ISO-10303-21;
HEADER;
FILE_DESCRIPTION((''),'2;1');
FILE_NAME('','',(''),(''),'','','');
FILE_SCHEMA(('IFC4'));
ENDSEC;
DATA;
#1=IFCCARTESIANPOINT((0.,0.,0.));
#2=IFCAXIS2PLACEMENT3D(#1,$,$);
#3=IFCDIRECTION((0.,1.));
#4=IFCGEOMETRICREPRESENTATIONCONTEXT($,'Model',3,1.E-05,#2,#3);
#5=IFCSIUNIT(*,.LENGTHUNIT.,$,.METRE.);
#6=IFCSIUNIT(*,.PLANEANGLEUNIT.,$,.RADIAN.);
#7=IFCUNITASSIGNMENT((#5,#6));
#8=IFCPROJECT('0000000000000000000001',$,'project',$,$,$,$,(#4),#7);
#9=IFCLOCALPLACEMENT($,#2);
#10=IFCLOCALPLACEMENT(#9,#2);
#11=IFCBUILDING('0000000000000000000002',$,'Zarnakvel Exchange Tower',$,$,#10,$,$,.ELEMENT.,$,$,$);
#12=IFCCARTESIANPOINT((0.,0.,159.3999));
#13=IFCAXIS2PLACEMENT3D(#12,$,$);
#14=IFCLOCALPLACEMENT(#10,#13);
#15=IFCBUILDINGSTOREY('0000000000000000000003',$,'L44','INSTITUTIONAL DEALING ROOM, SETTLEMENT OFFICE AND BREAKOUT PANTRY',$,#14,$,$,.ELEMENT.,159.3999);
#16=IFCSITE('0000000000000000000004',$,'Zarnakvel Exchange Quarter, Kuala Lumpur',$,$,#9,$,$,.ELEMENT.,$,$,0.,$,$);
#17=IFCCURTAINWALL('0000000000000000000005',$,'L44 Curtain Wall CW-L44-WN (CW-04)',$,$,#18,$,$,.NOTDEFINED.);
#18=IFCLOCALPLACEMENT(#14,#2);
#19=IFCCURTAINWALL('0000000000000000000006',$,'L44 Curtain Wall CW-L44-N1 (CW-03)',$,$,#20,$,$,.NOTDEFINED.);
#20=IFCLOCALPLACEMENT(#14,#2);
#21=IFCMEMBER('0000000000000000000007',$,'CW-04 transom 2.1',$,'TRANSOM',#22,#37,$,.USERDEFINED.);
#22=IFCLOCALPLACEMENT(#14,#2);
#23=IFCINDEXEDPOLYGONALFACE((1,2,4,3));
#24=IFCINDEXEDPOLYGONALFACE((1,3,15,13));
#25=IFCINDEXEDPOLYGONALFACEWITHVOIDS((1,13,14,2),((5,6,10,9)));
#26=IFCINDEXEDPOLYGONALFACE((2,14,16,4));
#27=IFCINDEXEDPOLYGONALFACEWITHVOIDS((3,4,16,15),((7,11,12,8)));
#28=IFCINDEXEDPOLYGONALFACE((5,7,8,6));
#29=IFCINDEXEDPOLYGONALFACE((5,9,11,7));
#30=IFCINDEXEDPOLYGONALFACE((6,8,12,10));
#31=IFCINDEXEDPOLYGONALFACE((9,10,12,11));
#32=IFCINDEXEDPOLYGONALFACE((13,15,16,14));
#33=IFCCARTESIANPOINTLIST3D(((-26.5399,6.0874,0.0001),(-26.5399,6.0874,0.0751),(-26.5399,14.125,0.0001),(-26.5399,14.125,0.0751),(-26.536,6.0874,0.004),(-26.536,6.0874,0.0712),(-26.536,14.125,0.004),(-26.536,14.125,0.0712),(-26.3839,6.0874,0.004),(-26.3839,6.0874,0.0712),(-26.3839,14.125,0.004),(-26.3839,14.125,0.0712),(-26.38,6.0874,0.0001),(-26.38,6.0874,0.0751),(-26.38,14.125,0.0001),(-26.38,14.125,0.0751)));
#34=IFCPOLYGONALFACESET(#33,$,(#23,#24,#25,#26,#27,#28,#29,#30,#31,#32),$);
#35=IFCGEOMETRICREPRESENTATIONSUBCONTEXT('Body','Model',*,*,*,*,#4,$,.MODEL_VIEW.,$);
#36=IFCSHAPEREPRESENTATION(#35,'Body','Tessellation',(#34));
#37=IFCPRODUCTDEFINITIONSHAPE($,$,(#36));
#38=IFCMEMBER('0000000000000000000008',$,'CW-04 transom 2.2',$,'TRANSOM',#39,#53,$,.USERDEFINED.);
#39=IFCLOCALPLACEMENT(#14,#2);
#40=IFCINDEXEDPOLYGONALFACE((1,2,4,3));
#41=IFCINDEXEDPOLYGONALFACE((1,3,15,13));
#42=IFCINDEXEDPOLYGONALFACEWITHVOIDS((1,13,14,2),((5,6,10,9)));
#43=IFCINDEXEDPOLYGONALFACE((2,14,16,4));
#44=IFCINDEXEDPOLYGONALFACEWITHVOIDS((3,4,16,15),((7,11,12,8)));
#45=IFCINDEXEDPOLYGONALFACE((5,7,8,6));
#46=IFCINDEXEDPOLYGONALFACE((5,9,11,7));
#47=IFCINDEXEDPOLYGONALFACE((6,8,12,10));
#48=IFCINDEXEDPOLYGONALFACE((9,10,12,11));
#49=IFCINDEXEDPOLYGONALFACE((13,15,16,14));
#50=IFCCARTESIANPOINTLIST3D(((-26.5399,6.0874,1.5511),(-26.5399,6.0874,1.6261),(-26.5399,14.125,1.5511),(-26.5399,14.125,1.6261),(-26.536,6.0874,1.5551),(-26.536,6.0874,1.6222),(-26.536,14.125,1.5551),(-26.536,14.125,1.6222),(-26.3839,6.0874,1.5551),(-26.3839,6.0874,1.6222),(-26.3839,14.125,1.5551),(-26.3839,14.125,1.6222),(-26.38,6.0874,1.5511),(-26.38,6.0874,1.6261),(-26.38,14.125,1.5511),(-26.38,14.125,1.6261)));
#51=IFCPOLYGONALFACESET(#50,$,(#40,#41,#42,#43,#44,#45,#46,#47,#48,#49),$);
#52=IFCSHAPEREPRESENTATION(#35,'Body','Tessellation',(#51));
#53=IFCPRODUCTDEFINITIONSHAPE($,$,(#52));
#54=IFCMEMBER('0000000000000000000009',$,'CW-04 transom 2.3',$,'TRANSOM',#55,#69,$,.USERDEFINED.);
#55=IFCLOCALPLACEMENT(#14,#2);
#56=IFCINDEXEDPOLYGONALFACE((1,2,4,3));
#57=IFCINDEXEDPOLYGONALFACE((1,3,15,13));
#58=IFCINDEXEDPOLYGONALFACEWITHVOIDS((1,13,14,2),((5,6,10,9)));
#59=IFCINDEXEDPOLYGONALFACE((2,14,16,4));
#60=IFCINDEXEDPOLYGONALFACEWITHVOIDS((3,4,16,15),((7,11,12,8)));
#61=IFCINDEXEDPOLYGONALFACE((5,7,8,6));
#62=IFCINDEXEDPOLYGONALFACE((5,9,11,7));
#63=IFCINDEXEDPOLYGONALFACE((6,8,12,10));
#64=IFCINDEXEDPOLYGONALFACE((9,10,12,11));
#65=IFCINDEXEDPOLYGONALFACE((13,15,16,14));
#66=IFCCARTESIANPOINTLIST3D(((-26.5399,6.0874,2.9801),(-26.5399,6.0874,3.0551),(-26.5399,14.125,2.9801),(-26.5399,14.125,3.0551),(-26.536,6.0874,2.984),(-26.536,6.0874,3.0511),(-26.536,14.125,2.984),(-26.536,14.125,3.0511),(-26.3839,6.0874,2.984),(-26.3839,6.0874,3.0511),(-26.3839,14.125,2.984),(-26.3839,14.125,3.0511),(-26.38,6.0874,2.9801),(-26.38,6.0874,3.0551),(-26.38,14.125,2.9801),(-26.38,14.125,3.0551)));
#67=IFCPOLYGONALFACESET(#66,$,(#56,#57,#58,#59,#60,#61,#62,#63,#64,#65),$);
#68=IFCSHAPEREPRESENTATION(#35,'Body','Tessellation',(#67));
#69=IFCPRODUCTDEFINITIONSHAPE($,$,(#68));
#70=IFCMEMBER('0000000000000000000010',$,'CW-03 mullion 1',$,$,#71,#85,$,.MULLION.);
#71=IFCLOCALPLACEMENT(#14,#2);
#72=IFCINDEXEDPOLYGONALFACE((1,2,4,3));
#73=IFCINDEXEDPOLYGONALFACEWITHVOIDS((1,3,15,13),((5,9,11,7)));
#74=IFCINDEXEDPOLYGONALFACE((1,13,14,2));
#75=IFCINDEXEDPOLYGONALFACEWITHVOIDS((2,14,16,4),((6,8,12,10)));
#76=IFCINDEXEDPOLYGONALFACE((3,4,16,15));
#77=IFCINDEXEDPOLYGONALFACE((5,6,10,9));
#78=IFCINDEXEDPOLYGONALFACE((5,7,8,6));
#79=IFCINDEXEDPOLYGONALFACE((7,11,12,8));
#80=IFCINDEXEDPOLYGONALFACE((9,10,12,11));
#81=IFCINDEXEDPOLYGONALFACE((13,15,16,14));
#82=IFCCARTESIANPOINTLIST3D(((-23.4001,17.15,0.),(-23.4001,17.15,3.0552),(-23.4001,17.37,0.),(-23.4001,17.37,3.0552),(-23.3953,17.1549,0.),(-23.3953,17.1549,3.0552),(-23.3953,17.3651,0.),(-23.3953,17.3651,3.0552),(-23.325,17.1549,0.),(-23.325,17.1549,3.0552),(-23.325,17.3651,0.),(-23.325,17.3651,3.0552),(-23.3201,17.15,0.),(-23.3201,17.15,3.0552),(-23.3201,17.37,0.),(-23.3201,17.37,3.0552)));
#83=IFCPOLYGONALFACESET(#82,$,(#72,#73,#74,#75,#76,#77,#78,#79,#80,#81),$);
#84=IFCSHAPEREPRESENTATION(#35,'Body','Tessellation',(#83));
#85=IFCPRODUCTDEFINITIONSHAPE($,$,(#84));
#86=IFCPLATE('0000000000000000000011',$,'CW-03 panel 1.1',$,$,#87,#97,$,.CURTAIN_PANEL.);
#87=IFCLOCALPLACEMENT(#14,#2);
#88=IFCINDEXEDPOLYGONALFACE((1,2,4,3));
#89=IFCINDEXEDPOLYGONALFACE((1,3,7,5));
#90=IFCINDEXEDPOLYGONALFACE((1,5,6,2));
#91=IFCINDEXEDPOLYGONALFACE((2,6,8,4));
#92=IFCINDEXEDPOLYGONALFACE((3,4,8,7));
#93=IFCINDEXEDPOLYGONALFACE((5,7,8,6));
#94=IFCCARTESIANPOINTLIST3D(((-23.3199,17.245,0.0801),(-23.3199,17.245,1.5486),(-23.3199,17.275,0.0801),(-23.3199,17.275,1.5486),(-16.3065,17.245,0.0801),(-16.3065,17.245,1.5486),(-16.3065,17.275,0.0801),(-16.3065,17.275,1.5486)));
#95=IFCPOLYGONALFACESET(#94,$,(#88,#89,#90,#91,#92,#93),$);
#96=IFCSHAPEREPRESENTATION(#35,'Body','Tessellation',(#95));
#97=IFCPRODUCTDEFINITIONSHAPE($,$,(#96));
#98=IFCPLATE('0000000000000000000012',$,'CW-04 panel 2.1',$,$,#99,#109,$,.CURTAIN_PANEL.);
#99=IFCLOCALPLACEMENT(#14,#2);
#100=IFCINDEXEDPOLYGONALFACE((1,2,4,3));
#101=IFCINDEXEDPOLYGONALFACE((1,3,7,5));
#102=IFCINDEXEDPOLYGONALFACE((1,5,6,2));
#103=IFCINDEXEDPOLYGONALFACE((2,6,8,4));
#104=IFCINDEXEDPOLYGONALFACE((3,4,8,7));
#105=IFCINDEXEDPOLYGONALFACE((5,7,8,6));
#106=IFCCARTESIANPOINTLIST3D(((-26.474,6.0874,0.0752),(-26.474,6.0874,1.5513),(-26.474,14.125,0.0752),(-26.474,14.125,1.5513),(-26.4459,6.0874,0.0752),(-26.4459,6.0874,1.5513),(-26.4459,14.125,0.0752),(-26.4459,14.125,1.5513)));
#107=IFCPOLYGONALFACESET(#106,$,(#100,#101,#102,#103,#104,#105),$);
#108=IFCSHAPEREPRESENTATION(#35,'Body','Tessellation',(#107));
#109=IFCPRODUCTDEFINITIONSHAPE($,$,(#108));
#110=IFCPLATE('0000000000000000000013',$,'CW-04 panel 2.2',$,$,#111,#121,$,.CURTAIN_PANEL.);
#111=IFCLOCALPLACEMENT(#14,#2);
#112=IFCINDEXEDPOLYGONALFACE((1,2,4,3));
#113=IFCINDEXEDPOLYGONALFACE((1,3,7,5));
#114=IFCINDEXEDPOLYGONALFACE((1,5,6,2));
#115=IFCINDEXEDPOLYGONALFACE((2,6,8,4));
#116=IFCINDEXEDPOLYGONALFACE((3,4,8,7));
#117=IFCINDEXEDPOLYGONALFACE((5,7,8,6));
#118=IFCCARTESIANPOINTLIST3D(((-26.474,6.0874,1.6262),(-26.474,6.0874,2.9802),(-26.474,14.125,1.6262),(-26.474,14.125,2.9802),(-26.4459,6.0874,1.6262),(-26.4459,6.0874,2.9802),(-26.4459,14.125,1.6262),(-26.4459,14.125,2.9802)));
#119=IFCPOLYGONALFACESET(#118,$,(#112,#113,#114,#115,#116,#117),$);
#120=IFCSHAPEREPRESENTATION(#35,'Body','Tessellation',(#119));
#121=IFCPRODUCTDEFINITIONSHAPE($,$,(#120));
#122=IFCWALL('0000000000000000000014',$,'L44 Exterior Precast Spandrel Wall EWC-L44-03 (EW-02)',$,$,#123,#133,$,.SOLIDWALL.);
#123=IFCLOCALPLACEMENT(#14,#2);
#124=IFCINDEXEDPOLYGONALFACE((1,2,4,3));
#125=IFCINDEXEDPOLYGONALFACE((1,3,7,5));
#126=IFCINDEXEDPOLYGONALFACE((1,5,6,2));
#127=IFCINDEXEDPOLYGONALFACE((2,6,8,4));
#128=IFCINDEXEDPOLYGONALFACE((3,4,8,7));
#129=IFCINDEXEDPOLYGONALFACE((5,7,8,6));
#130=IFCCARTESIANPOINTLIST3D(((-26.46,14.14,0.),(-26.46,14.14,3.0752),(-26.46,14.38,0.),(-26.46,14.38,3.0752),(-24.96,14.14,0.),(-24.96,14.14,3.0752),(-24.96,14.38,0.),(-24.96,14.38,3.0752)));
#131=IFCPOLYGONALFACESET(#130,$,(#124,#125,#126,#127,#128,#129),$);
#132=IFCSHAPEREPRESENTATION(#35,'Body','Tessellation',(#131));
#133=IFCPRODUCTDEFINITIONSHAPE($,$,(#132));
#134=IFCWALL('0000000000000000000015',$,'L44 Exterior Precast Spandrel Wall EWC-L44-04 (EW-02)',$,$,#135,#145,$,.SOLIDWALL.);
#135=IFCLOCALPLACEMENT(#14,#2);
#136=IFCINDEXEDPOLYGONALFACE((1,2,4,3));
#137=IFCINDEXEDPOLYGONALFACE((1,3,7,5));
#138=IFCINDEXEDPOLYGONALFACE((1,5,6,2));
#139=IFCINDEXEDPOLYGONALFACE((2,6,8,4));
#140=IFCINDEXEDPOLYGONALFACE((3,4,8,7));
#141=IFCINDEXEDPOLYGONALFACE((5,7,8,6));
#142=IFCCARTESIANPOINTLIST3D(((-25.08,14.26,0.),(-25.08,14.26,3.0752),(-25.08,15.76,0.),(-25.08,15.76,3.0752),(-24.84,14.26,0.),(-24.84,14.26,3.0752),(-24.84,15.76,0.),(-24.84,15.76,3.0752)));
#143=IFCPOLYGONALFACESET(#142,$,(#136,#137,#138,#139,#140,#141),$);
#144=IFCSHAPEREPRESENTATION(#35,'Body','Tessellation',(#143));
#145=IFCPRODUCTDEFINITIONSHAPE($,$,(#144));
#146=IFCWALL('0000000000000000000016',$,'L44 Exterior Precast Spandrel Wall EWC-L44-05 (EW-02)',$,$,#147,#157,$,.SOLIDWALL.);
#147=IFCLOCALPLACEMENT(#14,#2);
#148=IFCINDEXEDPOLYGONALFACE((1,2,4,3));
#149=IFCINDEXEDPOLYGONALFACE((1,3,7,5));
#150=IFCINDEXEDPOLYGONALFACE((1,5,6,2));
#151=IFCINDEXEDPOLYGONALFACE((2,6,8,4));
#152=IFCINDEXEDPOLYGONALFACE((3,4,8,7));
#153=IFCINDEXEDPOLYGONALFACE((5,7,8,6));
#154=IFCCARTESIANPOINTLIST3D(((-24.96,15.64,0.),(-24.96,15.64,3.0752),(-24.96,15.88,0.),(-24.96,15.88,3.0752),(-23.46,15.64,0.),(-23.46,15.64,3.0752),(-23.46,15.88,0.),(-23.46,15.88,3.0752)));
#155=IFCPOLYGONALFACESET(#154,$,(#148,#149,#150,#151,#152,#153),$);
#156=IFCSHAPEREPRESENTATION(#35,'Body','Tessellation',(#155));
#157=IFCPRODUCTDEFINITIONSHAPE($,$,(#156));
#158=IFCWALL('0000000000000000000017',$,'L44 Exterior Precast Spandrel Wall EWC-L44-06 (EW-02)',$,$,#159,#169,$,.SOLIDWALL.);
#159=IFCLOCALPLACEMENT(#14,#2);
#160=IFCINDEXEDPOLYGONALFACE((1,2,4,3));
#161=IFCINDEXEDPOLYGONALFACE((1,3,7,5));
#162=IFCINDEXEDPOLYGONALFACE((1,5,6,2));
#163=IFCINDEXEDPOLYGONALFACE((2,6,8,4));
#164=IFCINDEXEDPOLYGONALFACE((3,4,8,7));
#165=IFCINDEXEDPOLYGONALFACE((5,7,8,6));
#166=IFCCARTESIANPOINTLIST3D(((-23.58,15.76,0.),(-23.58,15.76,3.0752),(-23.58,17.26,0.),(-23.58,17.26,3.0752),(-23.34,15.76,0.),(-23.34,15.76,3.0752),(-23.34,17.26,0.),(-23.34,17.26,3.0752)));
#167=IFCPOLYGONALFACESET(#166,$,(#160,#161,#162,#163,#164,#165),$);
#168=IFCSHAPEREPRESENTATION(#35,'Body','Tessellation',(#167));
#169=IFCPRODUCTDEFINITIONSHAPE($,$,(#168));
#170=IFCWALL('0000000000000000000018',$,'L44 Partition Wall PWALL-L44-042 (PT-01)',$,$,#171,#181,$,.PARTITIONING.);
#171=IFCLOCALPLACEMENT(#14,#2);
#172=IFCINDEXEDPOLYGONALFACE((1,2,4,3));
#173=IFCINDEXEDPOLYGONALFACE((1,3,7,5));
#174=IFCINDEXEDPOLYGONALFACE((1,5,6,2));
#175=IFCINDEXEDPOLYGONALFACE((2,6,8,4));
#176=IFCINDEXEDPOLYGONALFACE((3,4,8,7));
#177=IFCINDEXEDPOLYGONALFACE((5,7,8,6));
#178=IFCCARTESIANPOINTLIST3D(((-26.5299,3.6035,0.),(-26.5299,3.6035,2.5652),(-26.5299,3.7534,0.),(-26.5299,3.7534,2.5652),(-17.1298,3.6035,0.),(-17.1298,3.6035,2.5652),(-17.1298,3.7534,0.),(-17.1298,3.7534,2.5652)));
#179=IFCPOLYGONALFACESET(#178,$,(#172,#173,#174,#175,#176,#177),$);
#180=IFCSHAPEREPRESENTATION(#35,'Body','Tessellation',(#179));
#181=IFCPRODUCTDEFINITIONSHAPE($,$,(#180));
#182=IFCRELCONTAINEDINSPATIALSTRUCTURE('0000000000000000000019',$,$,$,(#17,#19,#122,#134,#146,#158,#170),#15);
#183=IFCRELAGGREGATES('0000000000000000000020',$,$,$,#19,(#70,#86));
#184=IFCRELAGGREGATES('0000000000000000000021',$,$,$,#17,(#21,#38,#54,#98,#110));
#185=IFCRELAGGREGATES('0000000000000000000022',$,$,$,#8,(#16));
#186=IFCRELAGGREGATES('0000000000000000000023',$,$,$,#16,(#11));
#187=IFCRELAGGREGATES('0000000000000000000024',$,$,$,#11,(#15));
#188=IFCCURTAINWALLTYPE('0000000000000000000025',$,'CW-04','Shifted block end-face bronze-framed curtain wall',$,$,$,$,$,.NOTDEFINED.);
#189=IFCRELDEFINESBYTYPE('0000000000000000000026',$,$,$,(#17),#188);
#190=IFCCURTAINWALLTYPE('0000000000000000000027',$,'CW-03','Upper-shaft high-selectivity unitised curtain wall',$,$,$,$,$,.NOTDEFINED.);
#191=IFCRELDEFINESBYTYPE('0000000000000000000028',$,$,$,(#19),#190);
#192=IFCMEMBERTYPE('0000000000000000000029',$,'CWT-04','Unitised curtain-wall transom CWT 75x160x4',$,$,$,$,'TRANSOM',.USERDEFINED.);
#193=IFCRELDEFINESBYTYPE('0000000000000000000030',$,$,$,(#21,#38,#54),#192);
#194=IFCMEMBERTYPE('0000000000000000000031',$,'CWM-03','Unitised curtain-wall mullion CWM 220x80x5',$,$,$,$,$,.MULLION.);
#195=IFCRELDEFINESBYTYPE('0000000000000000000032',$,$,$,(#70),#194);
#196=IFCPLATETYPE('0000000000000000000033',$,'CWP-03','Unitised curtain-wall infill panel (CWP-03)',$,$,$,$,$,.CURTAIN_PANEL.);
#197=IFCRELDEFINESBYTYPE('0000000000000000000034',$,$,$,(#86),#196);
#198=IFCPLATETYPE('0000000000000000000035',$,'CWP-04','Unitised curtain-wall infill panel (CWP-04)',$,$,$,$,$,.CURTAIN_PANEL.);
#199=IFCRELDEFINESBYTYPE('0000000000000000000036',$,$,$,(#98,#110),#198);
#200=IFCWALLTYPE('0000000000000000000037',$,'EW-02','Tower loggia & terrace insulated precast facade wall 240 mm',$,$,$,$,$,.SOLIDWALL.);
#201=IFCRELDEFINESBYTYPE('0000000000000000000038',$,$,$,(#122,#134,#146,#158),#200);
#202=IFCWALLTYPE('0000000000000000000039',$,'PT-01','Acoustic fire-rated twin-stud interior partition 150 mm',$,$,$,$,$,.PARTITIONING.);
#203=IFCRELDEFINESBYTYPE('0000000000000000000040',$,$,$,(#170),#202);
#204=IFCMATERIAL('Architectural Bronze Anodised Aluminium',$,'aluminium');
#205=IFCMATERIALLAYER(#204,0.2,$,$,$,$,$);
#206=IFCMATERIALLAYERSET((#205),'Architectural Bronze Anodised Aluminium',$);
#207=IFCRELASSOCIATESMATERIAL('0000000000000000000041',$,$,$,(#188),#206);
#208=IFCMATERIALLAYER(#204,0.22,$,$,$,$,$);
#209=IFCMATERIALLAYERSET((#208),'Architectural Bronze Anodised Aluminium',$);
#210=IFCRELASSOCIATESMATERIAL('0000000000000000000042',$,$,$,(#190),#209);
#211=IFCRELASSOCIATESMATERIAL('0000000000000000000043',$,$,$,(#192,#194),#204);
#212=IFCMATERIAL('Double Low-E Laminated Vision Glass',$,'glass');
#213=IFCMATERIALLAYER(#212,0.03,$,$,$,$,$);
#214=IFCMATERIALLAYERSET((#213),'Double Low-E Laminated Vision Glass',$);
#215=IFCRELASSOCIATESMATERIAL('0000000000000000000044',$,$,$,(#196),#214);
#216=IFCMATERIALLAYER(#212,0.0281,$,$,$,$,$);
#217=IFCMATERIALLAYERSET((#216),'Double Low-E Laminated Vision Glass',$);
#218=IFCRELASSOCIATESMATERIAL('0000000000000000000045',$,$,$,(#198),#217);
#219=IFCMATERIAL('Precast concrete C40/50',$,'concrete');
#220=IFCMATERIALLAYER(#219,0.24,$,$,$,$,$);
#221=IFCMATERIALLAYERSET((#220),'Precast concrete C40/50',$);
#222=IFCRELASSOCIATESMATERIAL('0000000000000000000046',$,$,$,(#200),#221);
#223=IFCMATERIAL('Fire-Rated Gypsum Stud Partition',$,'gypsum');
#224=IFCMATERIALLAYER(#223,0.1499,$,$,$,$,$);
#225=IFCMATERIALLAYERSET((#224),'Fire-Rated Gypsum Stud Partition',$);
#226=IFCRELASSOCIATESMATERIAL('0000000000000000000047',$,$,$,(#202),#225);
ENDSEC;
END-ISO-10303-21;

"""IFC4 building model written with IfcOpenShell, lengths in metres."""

from ifc_helpers import new_model, si_unit, direction, frame, frame_2d, origin, origin_2d, place, context, subcontext, project, spatial, rectangle, hollow_rectangle, extrude, source, transform, mapped, material, layer, layer_set, material_profile, profile_set, type_object, element, aggregate, save


model = new_model("IFC4")

# Units and contexts
model_context = context("Model", 3, precision=1e-05, world=origin(), true_north=direction((0.0, 1.0)))
body_context = subcontext(model_context, "Body", "Model", "MODEL_VIEW")
ifc_project = project(units=[si_unit("LENGTHUNIT", "METRE"), si_unit("PLANEANGLEUNIT", "RADIAN")], contexts=[model_context])

# Site, building, storey
site_placement = place(None, origin())
site = spatial("IfcSite", under=ifc_project, at=site_placement, Name="Zarnakvel Exchange Quarter, Kuala Lumpur", CompositionType="ELEMENT", RefElevation=0.0)
building_placement = place(site_placement, origin())
building = spatial("IfcBuilding", under=site, at=building_placement, Name="Zarnakvel Exchange Tower", CompositionType="ELEMENT")
storey_placement = place(building_placement, frame((0.0, 0.0, 159.3999)))
storey = spatial("IfcBuildingStorey", under=building, at=storey_placement, Name="L44", Description="INSTITUTIONAL DEALING ROOM, SETTLEMENT OFFICE AND BREAKOUT PANTRY", CompositionType="ELEMENT", Elevation=159.3999)

# Curtain walls
ifc_material_1 = material(Name="Architectural Bronze Anodised Aluminium", Category="aluminium")
ifc_layer_1 = layer(ifc_material_1, 0.2)
ifc_layer_set_1 = layer_set([ifc_layer_1], Name="Architectural Bronze Anodised Aluminium")
curtain_wall_type_1 = type_object("IfcCurtainWallType", Name="CW-04", Description="Shifted block end-face bronze-framed curtain wall", PredefinedType="NOTDEFINED", material=ifc_layer_set_1)
curtain_wall_1_placement = place(storey_placement, origin())
curtain_wall_1 = element("IfcCurtainWall", 1, at=curtain_wall_1_placement, inside=storey, type_object=curtain_wall_type_1, Name="L44 Curtain Wall CW-L44-WN (CW-04)", PredefinedType="NOTDEFINED")
ifc_layer_2 = layer(ifc_material_1, 0.22)
ifc_layer_set_2 = layer_set([ifc_layer_2], Name="Architectural Bronze Anodised Aluminium")
curtain_wall_type_2 = type_object("IfcCurtainWallType", Name="CW-03", Description="Upper-shaft high-selectivity unitised curtain wall", PredefinedType="NOTDEFINED", material=ifc_layer_set_2)
curtain_wall_2_placement = place(storey_placement, origin())
curtain_wall_2 = element("IfcCurtainWall", 2, at=curtain_wall_2_placement, inside=storey, type_object=curtain_wall_type_2, Name="L44 Curtain Wall CW-L44-N1 (CW-03)", PredefinedType="NOTDEFINED")

# Members
ifc_material_profile_1 = material_profile(ifc_material_1, hollow_rectangle(XDim=0.1599, YDim=0.075, WallThickness=0.0039, at=origin_2d()))
ifc_profile_set_1 = profile_set([ifc_material_profile_1], Name="Architectural Bronze Anodised Aluminium")
member_type_1 = type_object("IfcMemberType", Name="CWT-04", Description="Unitised curtain-wall transom CWT 75x160x4", ElementType="TRANSOM", PredefinedType="USERDEFINED", material=ifc_profile_set_1)
shared_shape_1 = source(origin(), body_context, "Body", "SweptSolid", [
    extrude(hollow_rectangle(XDim=0.1599, YDim=0.075, WallThickness=0.0039, at=origin_2d()), origin(), (0.0, 0.0, 1.0), 8.0376),
])
member_1_placement = place(storey_placement, frame((-26.46, 6.0874, 0.0376), z_axis=(0.0, 1.0, 0.0), x_axis=(-1.0, 0.0, 0.0)))
member_1 = element("IfcMember", 3, at=member_1_placement, type_object=member_type_1, Name="CW-04 transom 2.1", ObjectType="TRANSOM", PredefinedType="USERDEFINED", context=body_context, shape_type="MappedRepresentation", body=[
    mapped(shared_shape_1, transform((0.0, 0.0, 0.0), x_axis=(1.0, 0.0, 0.0), y_axis=(0.0, 1.0, 0.0), z_axis=(0.0, 0.0, 1.0), scale=1.0)),
])
member_2_placement = place(storey_placement, frame((-26.46, 6.0874, 1.5886), z_axis=(0.0, 1.0, 0.0), x_axis=(-1.0, 0.0, 0.0)))
member_2 = element("IfcMember", 4, at=member_2_placement, type_object=member_type_1, Name="CW-04 transom 2.2", ObjectType="TRANSOM", PredefinedType="USERDEFINED", context=body_context, shape_type="MappedRepresentation", body=[
    mapped(shared_shape_1, transform((0.0, 0.0, 0.0), x_axis=(1.0, 0.0, 0.0), y_axis=(0.0, 1.0, 0.0), z_axis=(0.0, 0.0, 1.0), scale=1.0)),
])
member_3_placement = place(storey_placement, frame((-26.46, 6.0874, 3.0176), z_axis=(0.0, 1.0, 0.0), x_axis=(-1.0, 0.0, 0.0)))
member_3 = element("IfcMember", 5, at=member_3_placement, type_object=member_type_1, Name="CW-04 transom 2.3", ObjectType="TRANSOM", PredefinedType="USERDEFINED", context=body_context, shape_type="MappedRepresentation", body=[
    mapped(shared_shape_1, transform((0.0, 0.0, 0.0), x_axis=(1.0, 0.0, 0.0), y_axis=(0.0, 1.0, 0.0), z_axis=(0.0, 0.0, 1.0), scale=1.0)),
])
ifc_material_profile_2 = material_profile(ifc_material_1, hollow_rectangle(XDim=0.22, YDim=0.0801, WallThickness=0.0049, at=origin_2d()))
ifc_profile_set_2 = profile_set([ifc_material_profile_2], Name="Architectural Bronze Anodised Aluminium")
member_type_2 = type_object("IfcMemberType", Name="CWM-03", Description="Unitised curtain-wall mullion CWM 220x80x5", PredefinedType="MULLION", material=ifc_profile_set_2)
shared_shape_2 = source(origin(), body_context, "Body", "SweptSolid", [
    extrude(hollow_rectangle(XDim=0.22, YDim=0.0801, WallThickness=0.0049, at=origin_2d()), origin(), (0.0, 0.0, 1.0), 3.0552),
])
member_4_placement = place(storey_placement, frame((-23.3601, 17.26, 0.0), z_axis=(0.0, 0.0, 1.0), x_axis=(0.0, 1.0, 0.0)))
member_4 = element("IfcMember", 6, at=member_4_placement, type_object=member_type_2, Name="CW-03 mullion 1", PredefinedType="MULLION", context=body_context, shape_type="MappedRepresentation", body=[
    mapped(shared_shape_2, transform((0.0, 0.0, 0.0), x_axis=(1.0, 0.0, 0.0), y_axis=(0.0, 1.0, 0.0), z_axis=(0.0, 0.0, 1.0), scale=1.0)),
])

# Plates
ifc_material_2 = material(Name="Double Low-E Laminated Vision Glass", Category="glass")
ifc_layer_3 = layer(ifc_material_2, 0.03)
ifc_layer_set_3 = layer_set([ifc_layer_3], Name="Double Low-E Laminated Vision Glass")
plate_type_1 = type_object("IfcPlateType", Name="CWP-03", Description="Unitised curtain-wall infill panel (CWP-03)", PredefinedType="CURTAIN_PANEL", material=ifc_layer_set_3)
shared_shape_3 = source(origin(), body_context, "Body", "SweptSolid", [
    extrude(rectangle(XDim=7.0134, YDim=0.03, at=origin_2d()), origin(), (0.0, 0.0, 1.0), 1.4685),
])
plate_1_placement = place(storey_placement, frame((-19.8132, 17.26, 0.0801), z_axis=(0.0, 0.0, 1.0), x_axis=(1.0, 0.0, 0.0)))
plate_1 = element("IfcPlate", 7, at=plate_1_placement, type_object=plate_type_1, Name="CW-03 panel 1.1", PredefinedType="CURTAIN_PANEL", context=body_context, shape_type="MappedRepresentation", body=[
    mapped(shared_shape_3, transform((0.0, 0.0, 0.0), x_axis=(1.0, 0.0, 0.0), y_axis=(0.0, 1.0, 0.0), z_axis=(0.0, 0.0, 1.0), scale=1.0)),
])
aggregate(curtain_wall_2, [member_4, plate_1])
ifc_layer_4 = layer(ifc_material_2, 0.0281)
ifc_layer_set_4 = layer_set([ifc_layer_4], Name="Double Low-E Laminated Vision Glass")
plate_type_2 = type_object("IfcPlateType", Name="CWP-04", Description="Unitised curtain-wall infill panel (CWP-04)", PredefinedType="CURTAIN_PANEL", material=ifc_layer_set_4)
shared_shape_4 = source(origin(), body_context, "Body", "SweptSolid", [
    extrude(rectangle(XDim=8.0376, YDim=0.0281, at=origin_2d()), origin(), (0.0, 0.0, 1.0), 1.4761),
])
plate_2_placement = place(storey_placement, frame((-26.46, 10.1062, 0.0752), z_axis=(0.0, 0.0, 1.0), x_axis=(0.0, 1.0, 0.0)))
plate_2 = element("IfcPlate", 8, at=plate_2_placement, type_object=plate_type_2, Name="CW-04 panel 2.1", PredefinedType="CURTAIN_PANEL", context=body_context, shape_type="MappedRepresentation", body=[
    mapped(shared_shape_4, transform((0.0, 0.0, 0.0), x_axis=(1.0, 0.0, 0.0), y_axis=(0.0, 1.0, 0.0), z_axis=(0.0, 0.0, 1.0), scale=1.0)),
])
shared_shape_5 = source(origin(), body_context, "Body", "SweptSolid", [
    extrude(rectangle(XDim=8.0376, YDim=0.0281, at=origin_2d()), origin(), (0.0, 0.0, 1.0), 1.354),
])
plate_3_placement = place(storey_placement, frame((-26.46, 10.1062, 1.6262), z_axis=(0.0, 0.0, 1.0), x_axis=(0.0, 1.0, 0.0)))
plate_3 = element("IfcPlate", 9, at=plate_3_placement, type_object=plate_type_2, Name="CW-04 panel 2.2", PredefinedType="CURTAIN_PANEL", context=body_context, shape_type="MappedRepresentation", body=[
    mapped(shared_shape_5, transform((0.0, 0.0, 0.0), x_axis=(1.0, 0.0, 0.0), y_axis=(0.0, 1.0, 0.0), z_axis=(0.0, 0.0, 1.0), scale=1.0)),
])
aggregate(curtain_wall_1, [member_1, member_2, member_3, plate_2, plate_3])

# Walls
ifc_material_3 = material(Name="Precast concrete C40/50", Category="concrete")
ifc_layer_5 = layer(ifc_material_3, 0.24)
ifc_layer_set_5 = layer_set([ifc_layer_5], Name="Precast concrete C40/50")
wall_type_1 = type_object("IfcWallType", Name="EW-02", Description="Tower loggia & terrace insulated precast facade wall 240 mm", PredefinedType="SOLIDWALL", material=ifc_layer_set_5)
for number, where, z_axis, x_axis, name in (
    (10, (-24.96, 14.26, 0.0), (0.0, 0.0, 1.0), (-1.0, 0.0, 0.0), "L44 Exterior Precast Spandrel Wall EWC-L44-03 (EW-02)"),
    (11, (-24.96, 15.76, 0.0), (0.0, 0.0, 1.0), (0.0, -1.0, 0.0), "L44 Exterior Precast Spandrel Wall EWC-L44-04 (EW-02)"),
    (12, (-23.46, 15.76, 0.0), (0.0, 0.0, 1.0), (-1.0, 0.0, 0.0), "L44 Exterior Precast Spandrel Wall EWC-L44-05 (EW-02)"),
    (13, (-23.46, 17.26, 0.0), (0.0, 0.0, 1.0), (0.0, -1.0, 0.0), "L44 Exterior Precast Spandrel Wall EWC-L44-06 (EW-02)"),
):
    element("IfcWall", number, at=place(storey_placement, frame(where, z_axis=z_axis, x_axis=x_axis)), inside=storey, type_object=wall_type_1, Name=name, PredefinedType="SOLIDWALL", context=body_context, shape_type="SweptSolid", body=[
        extrude(rectangle(XDim=1.5, YDim=0.24, at=frame_2d((0.75, 0.0))), origin(), (0.0, 0.0, 1.0), 3.0752),
    ])
ifc_material_4 = material(Name="Fire-Rated Gypsum Stud Partition", Category="gypsum")
ifc_layer_6 = layer(ifc_material_4, 0.1499)
ifc_layer_set_6 = layer_set([ifc_layer_6], Name="Fire-Rated Gypsum Stud Partition")
wall_type_2 = type_object("IfcWallType", Name="PT-01", Description="Acoustic fire-rated twin-stud interior partition 150 mm", PredefinedType="PARTITIONING", material=ifc_layer_set_6)
for number, where, z_axis, x_axis, name in (
    (14, (-26.53, 3.6785, 0.0), (0.0, 0.0, 1.0), (1.0, 0.0, 0.0), "L44 Partition Wall PWALL-L44-042 (PT-01)"),
):
    element("IfcWall", number, at=place(storey_placement, frame(where, z_axis=z_axis, x_axis=x_axis)), inside=storey, type_object=wall_type_2, Name=name, PredefinedType="PARTITIONING", context=body_context, shape_type="SweptSolid", body=[
        extrude(rectangle(XDim=9.4001, YDim=0.1499, at=frame_2d((4.7002, 0.0))), origin(), (0.0, 0.0, 1.0), 2.5652),
    ])

save(model, "model.ifc")
